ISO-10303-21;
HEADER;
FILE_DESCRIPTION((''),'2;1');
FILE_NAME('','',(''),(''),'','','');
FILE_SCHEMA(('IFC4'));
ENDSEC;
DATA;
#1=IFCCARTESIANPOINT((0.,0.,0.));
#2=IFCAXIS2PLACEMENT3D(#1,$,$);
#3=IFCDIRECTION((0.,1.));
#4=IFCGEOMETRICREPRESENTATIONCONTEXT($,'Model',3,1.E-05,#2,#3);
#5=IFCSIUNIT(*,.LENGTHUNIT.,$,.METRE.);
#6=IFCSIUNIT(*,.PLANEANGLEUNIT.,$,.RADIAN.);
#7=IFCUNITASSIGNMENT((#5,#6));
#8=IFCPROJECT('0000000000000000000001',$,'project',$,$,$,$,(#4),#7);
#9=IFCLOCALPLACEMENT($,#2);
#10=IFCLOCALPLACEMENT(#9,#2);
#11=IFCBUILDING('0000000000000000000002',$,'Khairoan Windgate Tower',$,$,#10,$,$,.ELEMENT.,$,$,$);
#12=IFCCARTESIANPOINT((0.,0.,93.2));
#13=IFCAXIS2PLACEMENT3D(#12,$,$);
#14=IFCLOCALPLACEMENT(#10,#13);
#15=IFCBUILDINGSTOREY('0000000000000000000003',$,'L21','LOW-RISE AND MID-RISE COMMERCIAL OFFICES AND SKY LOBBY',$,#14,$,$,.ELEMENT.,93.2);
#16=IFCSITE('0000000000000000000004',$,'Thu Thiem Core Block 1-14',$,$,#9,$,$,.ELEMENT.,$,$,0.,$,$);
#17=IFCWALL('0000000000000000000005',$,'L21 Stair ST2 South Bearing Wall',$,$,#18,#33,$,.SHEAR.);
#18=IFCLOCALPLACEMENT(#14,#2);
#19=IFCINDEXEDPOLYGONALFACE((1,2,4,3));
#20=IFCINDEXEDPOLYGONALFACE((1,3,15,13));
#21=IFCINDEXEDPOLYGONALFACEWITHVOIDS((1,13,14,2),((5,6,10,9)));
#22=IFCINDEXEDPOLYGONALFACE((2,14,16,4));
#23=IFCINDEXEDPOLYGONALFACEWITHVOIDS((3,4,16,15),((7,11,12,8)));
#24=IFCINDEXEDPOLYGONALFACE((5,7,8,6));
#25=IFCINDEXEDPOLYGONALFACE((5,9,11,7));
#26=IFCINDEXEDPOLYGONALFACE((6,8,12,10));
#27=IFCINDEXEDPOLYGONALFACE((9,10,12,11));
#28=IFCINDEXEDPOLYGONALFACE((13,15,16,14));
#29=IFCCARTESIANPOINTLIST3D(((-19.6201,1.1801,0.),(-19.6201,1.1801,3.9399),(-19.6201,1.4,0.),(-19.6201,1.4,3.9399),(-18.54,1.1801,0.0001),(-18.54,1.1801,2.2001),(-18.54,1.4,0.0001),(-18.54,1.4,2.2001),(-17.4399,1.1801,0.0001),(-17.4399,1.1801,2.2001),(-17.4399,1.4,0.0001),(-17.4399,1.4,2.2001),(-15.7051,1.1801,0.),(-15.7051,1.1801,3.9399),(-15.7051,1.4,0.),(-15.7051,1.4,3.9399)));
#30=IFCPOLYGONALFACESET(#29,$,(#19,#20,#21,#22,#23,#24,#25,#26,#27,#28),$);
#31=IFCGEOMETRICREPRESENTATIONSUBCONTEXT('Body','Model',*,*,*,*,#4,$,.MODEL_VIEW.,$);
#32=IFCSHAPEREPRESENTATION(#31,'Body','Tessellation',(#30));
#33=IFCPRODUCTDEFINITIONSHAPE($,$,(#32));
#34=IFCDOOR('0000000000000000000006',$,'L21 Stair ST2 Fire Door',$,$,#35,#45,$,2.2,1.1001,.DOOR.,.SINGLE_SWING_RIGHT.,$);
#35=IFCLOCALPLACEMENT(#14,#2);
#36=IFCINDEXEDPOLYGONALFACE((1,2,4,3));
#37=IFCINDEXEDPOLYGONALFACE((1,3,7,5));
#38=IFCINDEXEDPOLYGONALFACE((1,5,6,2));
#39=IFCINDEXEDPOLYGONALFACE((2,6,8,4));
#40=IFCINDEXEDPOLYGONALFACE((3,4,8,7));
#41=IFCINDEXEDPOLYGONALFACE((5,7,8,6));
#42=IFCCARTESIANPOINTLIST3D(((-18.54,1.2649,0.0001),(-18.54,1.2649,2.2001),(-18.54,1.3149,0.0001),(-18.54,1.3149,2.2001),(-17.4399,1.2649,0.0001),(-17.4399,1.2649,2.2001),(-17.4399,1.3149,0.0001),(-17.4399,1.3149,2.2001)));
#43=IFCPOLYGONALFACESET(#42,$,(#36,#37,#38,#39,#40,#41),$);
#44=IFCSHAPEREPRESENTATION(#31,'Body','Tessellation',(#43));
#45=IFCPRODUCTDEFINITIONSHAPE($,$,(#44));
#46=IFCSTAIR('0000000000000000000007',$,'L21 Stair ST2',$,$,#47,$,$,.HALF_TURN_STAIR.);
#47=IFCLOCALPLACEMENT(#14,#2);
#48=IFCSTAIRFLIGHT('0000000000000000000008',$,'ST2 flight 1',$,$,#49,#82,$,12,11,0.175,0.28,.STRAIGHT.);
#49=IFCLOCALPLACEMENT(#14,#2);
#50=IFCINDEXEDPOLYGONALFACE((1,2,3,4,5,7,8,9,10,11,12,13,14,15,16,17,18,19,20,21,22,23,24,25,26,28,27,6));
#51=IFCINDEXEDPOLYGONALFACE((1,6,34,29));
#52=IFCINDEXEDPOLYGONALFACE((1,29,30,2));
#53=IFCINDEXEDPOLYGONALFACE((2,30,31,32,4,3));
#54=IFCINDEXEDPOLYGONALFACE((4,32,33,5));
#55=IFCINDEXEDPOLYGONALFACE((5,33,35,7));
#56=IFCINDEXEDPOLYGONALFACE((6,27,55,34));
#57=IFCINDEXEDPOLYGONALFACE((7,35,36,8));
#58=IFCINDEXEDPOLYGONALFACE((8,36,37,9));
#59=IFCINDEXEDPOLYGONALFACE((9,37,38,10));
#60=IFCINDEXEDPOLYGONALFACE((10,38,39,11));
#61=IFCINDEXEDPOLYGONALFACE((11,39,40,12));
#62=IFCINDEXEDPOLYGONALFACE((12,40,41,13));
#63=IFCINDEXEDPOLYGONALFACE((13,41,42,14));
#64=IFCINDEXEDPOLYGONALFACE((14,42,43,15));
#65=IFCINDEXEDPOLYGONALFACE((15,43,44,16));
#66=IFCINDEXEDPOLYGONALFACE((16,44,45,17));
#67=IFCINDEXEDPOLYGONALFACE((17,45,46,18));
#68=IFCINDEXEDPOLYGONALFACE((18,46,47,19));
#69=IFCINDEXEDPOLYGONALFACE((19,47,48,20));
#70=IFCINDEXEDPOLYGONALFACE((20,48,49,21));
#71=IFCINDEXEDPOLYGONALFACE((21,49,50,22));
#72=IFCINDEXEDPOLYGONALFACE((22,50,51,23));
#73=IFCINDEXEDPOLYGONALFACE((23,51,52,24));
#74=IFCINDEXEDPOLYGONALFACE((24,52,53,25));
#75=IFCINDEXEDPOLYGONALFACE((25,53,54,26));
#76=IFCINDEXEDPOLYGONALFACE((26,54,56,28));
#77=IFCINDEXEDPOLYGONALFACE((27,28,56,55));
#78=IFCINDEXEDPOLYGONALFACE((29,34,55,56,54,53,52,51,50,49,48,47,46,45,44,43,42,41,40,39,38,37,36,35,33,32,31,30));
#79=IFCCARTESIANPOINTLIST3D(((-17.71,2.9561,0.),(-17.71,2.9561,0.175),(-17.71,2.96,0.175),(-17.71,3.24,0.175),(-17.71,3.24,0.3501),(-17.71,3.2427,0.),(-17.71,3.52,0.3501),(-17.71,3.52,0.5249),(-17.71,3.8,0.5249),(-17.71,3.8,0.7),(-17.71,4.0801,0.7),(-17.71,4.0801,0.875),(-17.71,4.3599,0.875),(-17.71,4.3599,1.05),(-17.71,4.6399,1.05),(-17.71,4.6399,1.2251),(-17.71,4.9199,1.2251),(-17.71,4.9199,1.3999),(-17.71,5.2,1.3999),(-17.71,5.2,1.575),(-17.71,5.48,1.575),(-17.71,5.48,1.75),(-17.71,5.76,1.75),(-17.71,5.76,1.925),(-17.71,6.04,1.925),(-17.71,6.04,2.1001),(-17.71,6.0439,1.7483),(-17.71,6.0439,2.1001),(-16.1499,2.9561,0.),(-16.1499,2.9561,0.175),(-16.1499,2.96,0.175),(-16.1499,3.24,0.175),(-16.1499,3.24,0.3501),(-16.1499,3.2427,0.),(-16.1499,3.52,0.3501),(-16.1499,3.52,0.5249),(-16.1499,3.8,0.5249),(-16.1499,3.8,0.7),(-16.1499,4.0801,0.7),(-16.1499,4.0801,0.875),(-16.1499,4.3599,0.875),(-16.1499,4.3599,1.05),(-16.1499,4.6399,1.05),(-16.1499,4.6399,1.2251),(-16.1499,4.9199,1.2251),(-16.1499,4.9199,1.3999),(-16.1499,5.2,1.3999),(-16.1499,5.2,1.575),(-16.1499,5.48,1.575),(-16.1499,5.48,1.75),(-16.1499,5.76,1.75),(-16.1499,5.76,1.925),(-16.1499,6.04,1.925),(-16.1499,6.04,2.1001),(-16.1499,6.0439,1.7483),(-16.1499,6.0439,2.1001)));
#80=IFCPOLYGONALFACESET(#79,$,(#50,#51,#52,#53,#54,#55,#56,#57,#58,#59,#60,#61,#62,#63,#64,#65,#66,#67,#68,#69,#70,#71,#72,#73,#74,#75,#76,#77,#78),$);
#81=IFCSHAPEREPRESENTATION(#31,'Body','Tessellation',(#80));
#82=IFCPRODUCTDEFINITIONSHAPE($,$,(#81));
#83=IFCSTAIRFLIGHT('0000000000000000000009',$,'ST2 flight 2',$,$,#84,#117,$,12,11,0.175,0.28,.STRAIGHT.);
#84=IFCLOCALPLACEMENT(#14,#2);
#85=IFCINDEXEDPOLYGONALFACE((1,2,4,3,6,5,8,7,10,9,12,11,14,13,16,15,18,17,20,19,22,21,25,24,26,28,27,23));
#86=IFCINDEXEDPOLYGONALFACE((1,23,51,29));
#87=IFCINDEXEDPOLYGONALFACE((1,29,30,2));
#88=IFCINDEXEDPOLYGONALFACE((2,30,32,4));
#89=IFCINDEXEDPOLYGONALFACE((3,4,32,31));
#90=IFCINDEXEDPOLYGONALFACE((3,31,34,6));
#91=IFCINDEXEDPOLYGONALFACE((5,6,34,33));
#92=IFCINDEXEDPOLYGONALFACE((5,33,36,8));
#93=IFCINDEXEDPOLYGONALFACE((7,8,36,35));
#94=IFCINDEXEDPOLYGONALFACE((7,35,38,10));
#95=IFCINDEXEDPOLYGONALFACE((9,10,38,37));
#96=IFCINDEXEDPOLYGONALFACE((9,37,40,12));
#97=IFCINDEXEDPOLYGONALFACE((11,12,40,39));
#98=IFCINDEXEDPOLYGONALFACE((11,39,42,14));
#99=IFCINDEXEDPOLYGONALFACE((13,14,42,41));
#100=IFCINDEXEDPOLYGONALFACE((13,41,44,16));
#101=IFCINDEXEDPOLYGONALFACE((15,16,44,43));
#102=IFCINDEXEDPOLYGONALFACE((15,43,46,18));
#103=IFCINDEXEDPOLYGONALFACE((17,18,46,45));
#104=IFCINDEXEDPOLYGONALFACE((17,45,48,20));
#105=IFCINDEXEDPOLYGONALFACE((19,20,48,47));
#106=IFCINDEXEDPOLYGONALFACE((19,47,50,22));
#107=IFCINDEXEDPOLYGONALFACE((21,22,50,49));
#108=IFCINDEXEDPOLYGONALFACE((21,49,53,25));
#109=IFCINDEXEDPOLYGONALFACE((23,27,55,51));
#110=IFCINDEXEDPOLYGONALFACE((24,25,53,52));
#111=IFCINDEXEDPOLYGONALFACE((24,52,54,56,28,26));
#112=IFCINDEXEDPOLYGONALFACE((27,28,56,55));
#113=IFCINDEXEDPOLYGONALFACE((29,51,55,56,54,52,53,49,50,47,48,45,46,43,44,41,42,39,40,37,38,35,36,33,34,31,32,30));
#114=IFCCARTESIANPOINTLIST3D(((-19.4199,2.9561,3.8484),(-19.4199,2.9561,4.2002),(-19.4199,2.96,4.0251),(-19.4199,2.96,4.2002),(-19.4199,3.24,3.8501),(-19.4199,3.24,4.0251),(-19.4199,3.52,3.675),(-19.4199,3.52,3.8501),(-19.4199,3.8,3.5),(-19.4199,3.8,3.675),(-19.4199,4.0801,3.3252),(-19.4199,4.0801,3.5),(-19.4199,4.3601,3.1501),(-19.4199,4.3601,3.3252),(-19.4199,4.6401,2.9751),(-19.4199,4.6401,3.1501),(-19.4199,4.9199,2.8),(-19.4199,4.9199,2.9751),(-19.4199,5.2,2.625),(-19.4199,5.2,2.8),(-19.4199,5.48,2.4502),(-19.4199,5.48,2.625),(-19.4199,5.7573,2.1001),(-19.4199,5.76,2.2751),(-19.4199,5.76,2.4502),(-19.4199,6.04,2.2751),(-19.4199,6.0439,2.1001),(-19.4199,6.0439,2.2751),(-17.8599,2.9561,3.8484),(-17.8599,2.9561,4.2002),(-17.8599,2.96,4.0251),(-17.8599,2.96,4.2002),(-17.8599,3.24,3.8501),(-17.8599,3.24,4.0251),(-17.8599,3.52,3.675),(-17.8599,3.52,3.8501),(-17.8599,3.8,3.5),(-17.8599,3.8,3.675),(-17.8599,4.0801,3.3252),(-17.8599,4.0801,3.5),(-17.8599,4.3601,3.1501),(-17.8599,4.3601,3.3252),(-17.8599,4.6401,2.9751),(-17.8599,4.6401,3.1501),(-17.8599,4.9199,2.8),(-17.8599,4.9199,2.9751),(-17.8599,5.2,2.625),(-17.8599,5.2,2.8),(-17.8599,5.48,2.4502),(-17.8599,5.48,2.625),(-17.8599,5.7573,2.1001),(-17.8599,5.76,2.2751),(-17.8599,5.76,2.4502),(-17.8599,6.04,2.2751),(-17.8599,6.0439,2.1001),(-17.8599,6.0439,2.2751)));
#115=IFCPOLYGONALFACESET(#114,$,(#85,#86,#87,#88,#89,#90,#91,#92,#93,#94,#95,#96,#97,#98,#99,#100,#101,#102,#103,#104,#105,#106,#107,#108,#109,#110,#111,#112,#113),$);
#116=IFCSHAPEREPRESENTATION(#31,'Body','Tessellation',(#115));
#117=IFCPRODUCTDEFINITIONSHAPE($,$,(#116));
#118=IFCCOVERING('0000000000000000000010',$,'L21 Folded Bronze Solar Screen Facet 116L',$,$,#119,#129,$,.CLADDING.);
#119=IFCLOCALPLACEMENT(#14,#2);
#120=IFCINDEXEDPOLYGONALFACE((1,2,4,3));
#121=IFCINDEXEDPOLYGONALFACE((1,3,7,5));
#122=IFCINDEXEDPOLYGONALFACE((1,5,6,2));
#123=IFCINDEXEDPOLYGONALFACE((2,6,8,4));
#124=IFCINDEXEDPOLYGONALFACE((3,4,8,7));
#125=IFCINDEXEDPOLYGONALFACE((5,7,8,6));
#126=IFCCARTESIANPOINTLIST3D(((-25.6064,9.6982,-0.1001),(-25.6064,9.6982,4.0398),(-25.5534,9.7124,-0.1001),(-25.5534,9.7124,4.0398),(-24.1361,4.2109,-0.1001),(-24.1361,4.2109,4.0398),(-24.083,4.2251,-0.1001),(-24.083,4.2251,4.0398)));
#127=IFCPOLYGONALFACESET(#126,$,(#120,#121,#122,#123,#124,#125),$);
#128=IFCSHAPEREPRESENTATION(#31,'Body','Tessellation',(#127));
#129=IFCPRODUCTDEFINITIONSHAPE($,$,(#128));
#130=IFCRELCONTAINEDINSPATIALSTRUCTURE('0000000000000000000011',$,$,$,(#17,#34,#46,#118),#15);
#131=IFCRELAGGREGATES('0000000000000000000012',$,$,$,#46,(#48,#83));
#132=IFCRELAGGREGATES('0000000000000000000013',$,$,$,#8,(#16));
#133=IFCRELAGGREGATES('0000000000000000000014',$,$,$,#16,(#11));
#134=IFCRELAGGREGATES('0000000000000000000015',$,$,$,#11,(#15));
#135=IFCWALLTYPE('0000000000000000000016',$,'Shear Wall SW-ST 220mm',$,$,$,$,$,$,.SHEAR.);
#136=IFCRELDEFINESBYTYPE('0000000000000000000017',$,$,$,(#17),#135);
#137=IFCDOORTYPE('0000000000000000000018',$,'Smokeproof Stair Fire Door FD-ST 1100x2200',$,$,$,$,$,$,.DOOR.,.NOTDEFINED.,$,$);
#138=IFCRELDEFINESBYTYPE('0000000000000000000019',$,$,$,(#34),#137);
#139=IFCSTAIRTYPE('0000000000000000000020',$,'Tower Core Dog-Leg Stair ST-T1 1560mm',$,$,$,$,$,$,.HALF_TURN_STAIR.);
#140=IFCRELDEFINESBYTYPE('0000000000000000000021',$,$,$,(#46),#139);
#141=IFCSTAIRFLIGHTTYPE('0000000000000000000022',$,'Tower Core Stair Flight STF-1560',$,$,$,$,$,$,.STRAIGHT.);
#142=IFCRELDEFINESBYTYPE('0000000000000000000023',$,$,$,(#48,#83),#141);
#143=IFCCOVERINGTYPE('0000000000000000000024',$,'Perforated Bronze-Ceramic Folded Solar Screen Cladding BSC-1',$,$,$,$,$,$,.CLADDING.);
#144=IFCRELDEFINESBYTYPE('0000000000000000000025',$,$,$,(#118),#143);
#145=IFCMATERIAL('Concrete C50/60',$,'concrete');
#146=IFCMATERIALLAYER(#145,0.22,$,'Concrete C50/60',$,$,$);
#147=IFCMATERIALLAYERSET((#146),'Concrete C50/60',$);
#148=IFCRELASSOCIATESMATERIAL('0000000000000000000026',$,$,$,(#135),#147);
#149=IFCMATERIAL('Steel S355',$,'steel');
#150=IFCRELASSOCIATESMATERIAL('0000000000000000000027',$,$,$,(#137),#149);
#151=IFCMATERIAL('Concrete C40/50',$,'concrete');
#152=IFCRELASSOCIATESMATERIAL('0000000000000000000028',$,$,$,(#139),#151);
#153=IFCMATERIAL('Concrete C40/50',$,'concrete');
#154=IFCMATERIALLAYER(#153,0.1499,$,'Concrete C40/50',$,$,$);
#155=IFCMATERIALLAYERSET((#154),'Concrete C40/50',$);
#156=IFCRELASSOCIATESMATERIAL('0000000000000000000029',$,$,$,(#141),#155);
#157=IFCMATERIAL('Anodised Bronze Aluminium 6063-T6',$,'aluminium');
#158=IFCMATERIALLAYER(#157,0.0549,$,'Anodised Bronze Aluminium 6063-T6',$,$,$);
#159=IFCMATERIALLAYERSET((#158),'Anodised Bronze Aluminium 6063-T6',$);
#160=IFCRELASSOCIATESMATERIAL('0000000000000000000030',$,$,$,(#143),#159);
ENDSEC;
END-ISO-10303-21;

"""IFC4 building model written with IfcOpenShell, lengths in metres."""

from ifc_helpers import new_model, si_unit, direction, frame, frame_2d, origin, origin_2d, place, context, subcontext, project, spatial, polyline, rectangle, outline, extrude, material, layer, layer_set, type_object, element, fill, aggregate, save


model = new_model("IFC4")

# Units and contexts
model_context = context("Model", 3, precision=1e-05, world=origin(), true_north=direction((0.0, 1.0)))
body_context = subcontext(model_context, "Body", "Model", "MODEL_VIEW")
ifc_project = project(units=[si_unit("LENGTHUNIT", "METRE"), si_unit("PLANEANGLEUNIT", "RADIAN")], contexts=[model_context])

# Site, building, storey
site_placement = place(None, origin())
site = spatial("IfcSite", under=ifc_project, at=site_placement, Name="Thu Thiem Core Block 1-14", CompositionType="ELEMENT", RefElevation=0.0)
building_placement = place(site_placement, origin())
building = spatial("IfcBuilding", under=site, at=building_placement, Name="Khairoan Windgate Tower", CompositionType="ELEMENT")
storey_placement = place(building_placement, frame((0.0, 0.0, 93.2)))
storey = spatial("IfcBuildingStorey", under=building, at=storey_placement, Name="L21", Description="LOW-RISE AND MID-RISE COMMERCIAL OFFICES AND SKY LOBBY", CompositionType="ELEMENT", Elevation=93.2)

# Shared definitions
ifc_material_1 = material(Name="Concrete C50/60", Category="concrete")
ifc_layer_1 = layer(ifc_material_1, 0.22, Name="Concrete C50/60")
ifc_layer_set_1 = layer_set([ifc_layer_1], Name="Concrete C50/60")
wall_type_1 = type_object("IfcWallType", Name="Shear Wall SW-ST 220mm", PredefinedType="SHEAR", material=ifc_layer_set_1)

# Wall, opening, door
wall_1_placement = place(storey_placement, frame((-19.6201, 1.29, 0.0), z_axis=(0.0, 0.0, 1.0), x_axis=(1.0, 0.0, 0.0)))
wall_1 = element("IfcWall", 1, at=wall_1_placement, inside=storey, type_object=wall_type_1, Name="L21 Stair ST2 South Bearing Wall", PredefinedType="SHEAR", context=body_context, shape_type="SweptSolid", body=[
    extrude(rectangle(XDim=3.915, YDim=0.22, at=frame_2d((1.9575, 0.0))), origin(), (0.0, 0.0, 1.0), 3.9399),
])
opening_placement = place(wall_1_placement, frame((1.0801, 0.0, 0.0)))
opening = element("IfcOpeningElement", 2, at=opening_placement, cuts=wall_1, PredefinedType="OPENING", context=body_context, shape_type="SweptSolid", body=[
    extrude(rectangle(XDim=1.1001, YDim=2.2, at=frame_2d((0.55, 1.1001))), frame((0.0, 0.1199, 0.0), z_axis=(0.0, -1.0, 0.0), x_axis=(1.0, 0.0, 0.0)), (0.0, 0.0, 1.0), 0.24),
])
ifc_material_2 = material(Name="Steel S355", Category="steel")
door_type = type_object("IfcDoorType", Name="Smokeproof Stair Fire Door FD-ST 1100x2200", OperationType="NOTDEFINED", PredefinedType="DOOR", material=ifc_material_2)
door_placement = place(opening_placement, origin())
door = element("IfcDoor", 3, at=door_placement, inside=storey, type_object=door_type, Name="L21 Stair ST2 Fire Door", OperationType="SINGLE_SWING_RIGHT", OverallHeight=2.2, OverallWidth=1.1001, PredefinedType="DOOR", context=body_context, shape_type="SweptSolid", body=[
    extrude(rectangle(XDim=1.1001, YDim=2.2, at=frame_2d((0.55, 1.1001))), frame((0.0, 0.0249, 0.0), z_axis=(0.0, -1.0, 0.0), x_axis=(1.0, 0.0, 0.0)), (0.0, 0.0, 1.0), 0.05),
])
fill(opening, door)

# Stair, stair flights
ifc_material_3 = material(Name="Concrete C40/50", Category="concrete")
stair_type = type_object("IfcStairType", Name="Tower Core Dog-Leg Stair ST-T1 1560mm", PredefinedType="HALF_TURN_STAIR", material=ifc_material_3)
stair_placement = place(storey_placement, origin())
stair = element("IfcStair", 4, at=stair_placement, inside=storey, type_object=stair_type, Name="L21 Stair ST2", PredefinedType="HALF_TURN_STAIR")
ifc_material_4 = material(Name="Concrete C40/50", Category="concrete")
ifc_layer_2 = layer(ifc_material_4, 0.1499, Name="Concrete C40/50")
ifc_layer_set_2 = layer_set([ifc_layer_2], Name="Concrete C40/50")
stair_flight_type = type_object("IfcStairFlightType", Name="Tower Core Stair Flight STF-1560", PredefinedType="STRAIGHT", material=ifc_layer_set_2)
stair_flight_1_placement = place(storey_placement, frame((-16.9299, 2.96, 0.0), z_axis=(0.0, 0.0, 1.0), x_axis=(0.0, 1.0, 0.0)))
stair_flight_1 = element("IfcStairFlight", 5, at=stair_flight_1_placement, type_object=stair_flight_type, Name="ST2 flight 1", NumberOfRisers=12, NumberOfTreads=11, PredefinedType="STRAIGHT", RiserHeight=0.175, TreadLength=0.28, context=body_context, shape_type="SweptSolid", body=[
    extrude(outline(polyline([(-0.0039, 0.0), (-0.0039, 0.175), (0.0, 0.175), (0.28, 0.175), (0.28, 0.3501), (0.5601, 0.3501), (0.5601, 0.5249), (0.8401, 0.5249), (0.8401, 0.7), (1.1201, 0.7), (1.1201, 0.875), (1.3999, 0.875), (1.3999, 1.05), (1.6799, 1.05), (1.6799, 1.2251), (1.96, 1.2251), (1.96, 1.3999), (2.24, 1.3999), (2.24, 1.575), (2.52, 1.575), (2.52, 1.75), (2.8, 1.75), (2.8, 1.925), (3.0801, 1.925), (3.0801, 2.1001), (3.084, 2.1001), (3.084, 1.7483), (0.2827, 0.0), (-0.0039, 0.0)])), frame((0.0, 0.78, 0.0), z_axis=(0.0, -1.0, 0.0), x_axis=(1.0, 0.0, 0.0)), (0.0, 0.0, 1.0), 1.5601),
])
stair_flight_2_placement = place(storey_placement, frame((-18.6399, 6.04, 2.1001), z_axis=(0.0, 0.0, 1.0), x_axis=(0.0, -1.0, 0.0)))
stair_flight_2 = element("IfcStairFlight", 6, at=stair_flight_2_placement, type_object=stair_flight_type, Name="ST2 flight 2", NumberOfRisers=12, NumberOfTreads=11, PredefinedType="STRAIGHT", RiserHeight=0.175, TreadLength=0.28, context=body_context, shape_type="SweptSolid", body=[
    extrude(outline(polyline([(-0.0039, 0.0), (-0.0039, 0.175), (0.0, 0.175), (0.28, 0.175), (0.28, 0.3501), (0.5601, 0.3501), (0.5601, 0.5249), (0.8401, 0.5249), (0.8401, 0.7), (1.1201, 0.7), (1.1201, 0.875), (1.3999, 0.875), (1.3999, 1.05), (1.6799, 1.05), (1.6799, 1.2251), (1.96, 1.2251), (1.96, 1.3999), (2.24, 1.3999), (2.24, 1.575), (2.52, 1.575), (2.52, 1.75), (2.8, 1.75), (2.8, 1.925), (3.0801, 1.925), (3.0801, 2.1001), (3.084, 2.1001), (3.084, 1.7483), (0.2827, 0.0), (-0.0039, 0.0)])), frame((0.0, 0.78, 0.0), z_axis=(0.0, -1.0, 0.0), x_axis=(1.0, 0.0, 0.0)), (0.0, 0.0, 1.0), 1.5601),
])
aggregate(stair, [stair_flight_1, stair_flight_2])

# Covering
ifc_material_5 = material(Name="Anodised Bronze Aluminium 6063-T6", Category="aluminium")
ifc_layer_3 = layer(ifc_material_5, 0.0549, Name="Anodised Bronze Aluminium 6063-T6")
ifc_layer_set_3 = layer_set([ifc_layer_3], Name="Anodised Bronze Aluminium 6063-T6")
covering_type = type_object("IfcCoveringType", Name="Perforated Bronze-Ceramic Folded Solar Screen Cladding BSC-1", PredefinedType="CLADDING", material=ifc_layer_set_3)
covering_placement = place(storey_placement, frame((-24.8447, 6.9617, -0.1001), z_axis=(0.0, 0.0, 1.0), x_axis=(-0.258819, 0.965926, 0.0)))
element("IfcCovering", 7, at=covering_placement, inside=storey, type_object=covering_type, Name="L21 Folded Bronze Solar Screen Facet 116L", PredefinedType="CLADDING", context=body_context, shape_type="SweptSolid", body=[
    extrude(rectangle(XDim=5.6809, YDim=0.0549, at=origin_2d()), origin(), (0.0, 0.0, 1.0), 4.1399),
])

save(model, "model.ifc")
